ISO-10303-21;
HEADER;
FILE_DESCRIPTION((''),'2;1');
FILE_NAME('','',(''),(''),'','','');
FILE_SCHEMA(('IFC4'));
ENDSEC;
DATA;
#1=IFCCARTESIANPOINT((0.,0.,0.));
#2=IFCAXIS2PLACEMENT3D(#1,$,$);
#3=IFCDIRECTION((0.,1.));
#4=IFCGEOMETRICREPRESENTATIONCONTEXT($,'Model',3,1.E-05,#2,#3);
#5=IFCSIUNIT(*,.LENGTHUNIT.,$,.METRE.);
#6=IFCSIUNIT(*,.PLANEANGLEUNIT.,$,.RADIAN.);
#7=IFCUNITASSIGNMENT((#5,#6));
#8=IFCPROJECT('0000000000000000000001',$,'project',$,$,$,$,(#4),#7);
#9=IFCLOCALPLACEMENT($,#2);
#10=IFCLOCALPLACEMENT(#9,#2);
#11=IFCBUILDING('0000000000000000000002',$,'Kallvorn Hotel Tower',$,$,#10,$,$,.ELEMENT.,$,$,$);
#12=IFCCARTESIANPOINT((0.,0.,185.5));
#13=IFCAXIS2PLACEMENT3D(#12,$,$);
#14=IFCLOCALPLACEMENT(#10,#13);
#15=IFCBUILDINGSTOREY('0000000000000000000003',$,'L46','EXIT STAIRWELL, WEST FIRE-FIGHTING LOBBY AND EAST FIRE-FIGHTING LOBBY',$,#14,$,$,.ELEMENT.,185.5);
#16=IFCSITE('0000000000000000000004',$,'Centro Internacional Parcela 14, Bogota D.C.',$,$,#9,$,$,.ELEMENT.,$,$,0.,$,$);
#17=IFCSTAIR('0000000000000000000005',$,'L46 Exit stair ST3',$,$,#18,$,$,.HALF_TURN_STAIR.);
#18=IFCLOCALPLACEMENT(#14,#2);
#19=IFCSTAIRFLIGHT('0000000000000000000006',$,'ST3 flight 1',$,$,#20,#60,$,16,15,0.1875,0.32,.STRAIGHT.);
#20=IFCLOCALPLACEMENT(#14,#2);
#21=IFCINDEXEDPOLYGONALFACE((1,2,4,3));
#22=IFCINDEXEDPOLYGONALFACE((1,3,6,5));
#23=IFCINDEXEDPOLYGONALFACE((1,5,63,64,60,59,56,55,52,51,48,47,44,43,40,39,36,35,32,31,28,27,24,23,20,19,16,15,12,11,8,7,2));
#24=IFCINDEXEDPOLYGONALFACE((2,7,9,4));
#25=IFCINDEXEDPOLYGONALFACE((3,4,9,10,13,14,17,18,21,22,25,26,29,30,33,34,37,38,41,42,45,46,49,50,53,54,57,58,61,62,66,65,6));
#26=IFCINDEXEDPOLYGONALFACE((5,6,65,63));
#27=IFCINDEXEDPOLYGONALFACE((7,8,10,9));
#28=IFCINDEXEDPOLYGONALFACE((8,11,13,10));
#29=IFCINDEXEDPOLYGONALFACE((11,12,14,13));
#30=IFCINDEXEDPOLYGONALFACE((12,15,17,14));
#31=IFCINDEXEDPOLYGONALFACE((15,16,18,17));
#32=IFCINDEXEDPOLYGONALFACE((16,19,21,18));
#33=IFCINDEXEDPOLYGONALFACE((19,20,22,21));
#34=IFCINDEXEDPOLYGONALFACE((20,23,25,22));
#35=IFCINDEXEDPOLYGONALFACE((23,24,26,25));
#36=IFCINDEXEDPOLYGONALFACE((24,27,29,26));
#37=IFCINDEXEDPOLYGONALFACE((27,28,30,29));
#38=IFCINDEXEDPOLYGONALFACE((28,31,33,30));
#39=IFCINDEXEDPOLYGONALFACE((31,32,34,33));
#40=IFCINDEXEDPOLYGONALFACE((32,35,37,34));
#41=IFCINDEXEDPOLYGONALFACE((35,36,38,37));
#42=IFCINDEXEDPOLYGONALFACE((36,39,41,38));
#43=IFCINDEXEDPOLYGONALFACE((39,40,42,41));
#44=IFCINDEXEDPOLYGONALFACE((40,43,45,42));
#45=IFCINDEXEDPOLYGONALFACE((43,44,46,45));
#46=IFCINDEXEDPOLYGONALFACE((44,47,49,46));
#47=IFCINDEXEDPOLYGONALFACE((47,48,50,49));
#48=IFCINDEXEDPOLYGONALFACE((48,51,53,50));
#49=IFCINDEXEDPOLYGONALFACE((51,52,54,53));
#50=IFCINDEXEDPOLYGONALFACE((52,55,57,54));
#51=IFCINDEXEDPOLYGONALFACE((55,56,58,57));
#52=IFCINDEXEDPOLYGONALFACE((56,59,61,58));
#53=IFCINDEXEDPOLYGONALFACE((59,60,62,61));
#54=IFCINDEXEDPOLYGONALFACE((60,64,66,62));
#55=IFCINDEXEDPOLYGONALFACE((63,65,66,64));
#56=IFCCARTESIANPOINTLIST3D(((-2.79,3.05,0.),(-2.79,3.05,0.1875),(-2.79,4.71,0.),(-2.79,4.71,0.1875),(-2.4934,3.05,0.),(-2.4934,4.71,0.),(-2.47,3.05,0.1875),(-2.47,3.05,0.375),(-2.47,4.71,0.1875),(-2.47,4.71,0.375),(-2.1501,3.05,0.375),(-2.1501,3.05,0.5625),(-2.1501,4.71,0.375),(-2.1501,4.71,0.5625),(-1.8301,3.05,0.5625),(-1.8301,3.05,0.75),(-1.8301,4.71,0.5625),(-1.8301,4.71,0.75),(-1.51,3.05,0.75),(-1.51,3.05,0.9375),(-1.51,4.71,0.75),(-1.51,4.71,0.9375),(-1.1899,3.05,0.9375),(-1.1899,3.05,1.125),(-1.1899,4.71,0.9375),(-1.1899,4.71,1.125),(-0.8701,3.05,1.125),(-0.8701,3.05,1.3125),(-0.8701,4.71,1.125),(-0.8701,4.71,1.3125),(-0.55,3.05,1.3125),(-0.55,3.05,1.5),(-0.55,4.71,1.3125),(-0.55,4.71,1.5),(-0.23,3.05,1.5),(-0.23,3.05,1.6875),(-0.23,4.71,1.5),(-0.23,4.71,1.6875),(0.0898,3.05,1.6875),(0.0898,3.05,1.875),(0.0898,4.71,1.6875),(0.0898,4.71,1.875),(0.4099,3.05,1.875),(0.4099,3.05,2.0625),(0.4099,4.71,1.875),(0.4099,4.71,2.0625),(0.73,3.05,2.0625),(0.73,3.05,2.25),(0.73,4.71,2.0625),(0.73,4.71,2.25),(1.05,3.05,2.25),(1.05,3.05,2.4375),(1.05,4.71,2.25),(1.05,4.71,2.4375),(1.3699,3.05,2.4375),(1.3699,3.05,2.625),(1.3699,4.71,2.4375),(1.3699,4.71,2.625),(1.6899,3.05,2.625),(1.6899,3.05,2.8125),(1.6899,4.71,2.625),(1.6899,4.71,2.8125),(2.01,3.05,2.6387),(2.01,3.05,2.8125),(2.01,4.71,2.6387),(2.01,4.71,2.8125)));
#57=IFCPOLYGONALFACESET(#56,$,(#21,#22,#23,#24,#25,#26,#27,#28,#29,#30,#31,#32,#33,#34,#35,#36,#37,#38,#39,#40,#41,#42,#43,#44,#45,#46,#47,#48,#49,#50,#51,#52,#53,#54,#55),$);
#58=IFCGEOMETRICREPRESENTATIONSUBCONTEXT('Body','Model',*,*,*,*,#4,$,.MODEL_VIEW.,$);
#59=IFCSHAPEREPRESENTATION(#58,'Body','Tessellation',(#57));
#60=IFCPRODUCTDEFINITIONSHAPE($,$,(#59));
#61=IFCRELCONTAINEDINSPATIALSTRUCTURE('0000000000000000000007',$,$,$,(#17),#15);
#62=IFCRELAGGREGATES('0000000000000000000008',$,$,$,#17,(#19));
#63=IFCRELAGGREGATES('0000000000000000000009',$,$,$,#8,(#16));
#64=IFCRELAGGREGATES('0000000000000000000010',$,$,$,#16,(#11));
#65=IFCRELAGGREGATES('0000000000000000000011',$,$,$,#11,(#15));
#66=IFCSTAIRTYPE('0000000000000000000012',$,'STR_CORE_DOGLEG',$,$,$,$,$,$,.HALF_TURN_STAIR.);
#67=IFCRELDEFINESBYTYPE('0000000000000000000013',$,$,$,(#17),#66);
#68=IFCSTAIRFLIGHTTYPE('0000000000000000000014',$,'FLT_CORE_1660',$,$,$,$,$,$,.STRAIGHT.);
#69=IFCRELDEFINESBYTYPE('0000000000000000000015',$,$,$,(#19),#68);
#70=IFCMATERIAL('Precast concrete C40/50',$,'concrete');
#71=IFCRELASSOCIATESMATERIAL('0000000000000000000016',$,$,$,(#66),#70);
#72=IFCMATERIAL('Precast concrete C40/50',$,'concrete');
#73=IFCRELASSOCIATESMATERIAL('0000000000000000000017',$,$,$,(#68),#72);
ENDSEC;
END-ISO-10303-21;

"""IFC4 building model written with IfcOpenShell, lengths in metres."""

from ifc_helpers import new_model, si_unit, direction, frame, origin, place, context, subcontext, project, spatial, polyline, outline, extrude, material, type_object, element, aggregate, save


model = new_model("IFC4")

# Units and contexts
model_context = context("Model", 3, precision=1e-05, world=origin(), true_north=direction((0.0, 1.0)))
body_context = subcontext(model_context, "Body", "Model", "MODEL_VIEW")
ifc_project = project(units=[si_unit("LENGTHUNIT", "METRE"), si_unit("PLANEANGLEUNIT", "RADIAN")], contexts=[model_context])

# Site, building, storey
site_placement = place(None, origin())
site = spatial("IfcSite", under=ifc_project, at=site_placement, Name="Centro Internacional Parcela 14, Bogota D.C.", CompositionType="ELEMENT", RefElevation=0.0)
building_placement = place(site_placement, origin())
building = spatial("IfcBuilding", under=site, at=building_placement, Name="Kallvorn Hotel Tower", CompositionType="ELEMENT")
storey_placement = place(building_placement, frame((0.0, 0.0, 185.5)))
storey = spatial("IfcBuildingStorey", under=building, at=storey_placement, Name="L46", Description="EXIT STAIRWELL, WEST FIRE-FIGHTING LOBBY AND EAST FIRE-FIGHTING LOBBY", CompositionType="ELEMENT", Elevation=185.5)

# Stair
ifc_material_1 = material(Name="Precast concrete C40/50", Category="concrete")
stair_type = type_object("IfcStairType", Name="STR_CORE_DOGLEG", PredefinedType="HALF_TURN_STAIR", material=ifc_material_1)
stair_1_placement = place(storey_placement, origin())
stair_1 = element("IfcStair", 1, at=stair_1_placement, inside=storey, type_object=stair_type, Name="L46 Exit stair ST3", PredefinedType="HALF_TURN_STAIR")

# Stair flight
ifc_material_2 = material(Name="Precast concrete C40/50", Category="concrete")
stair_flight_type = type_object("IfcStairFlightType", Name="FLT_CORE_1660", PredefinedType="STRAIGHT", material=ifc_material_2)
stair_flight_placement = place(storey_placement, frame((-2.79, 3.8799, 0.0), z_axis=(0.0, 0.0, 1.0), x_axis=(1.0, 0.0, 0.0)))
stair_flight = element("IfcStairFlight", 2, at=stair_flight_placement, type_object=stair_flight_type, Name="ST3 flight 1", NumberOfRisers=16, NumberOfTreads=15, PredefinedType="STRAIGHT", RiserHeight=0.1875, TreadLength=0.32, context=body_context, shape_type="SweptSolid", body=[
    extrude(outline(polyline([(0.0, 0.0), (0.0, 0.1875), (0.3201, 0.1875), (0.3201, 0.375), (0.6399, 0.375), (0.6399, 0.5625), (0.96, 0.5625), (0.96, 0.75), (1.28, 0.75), (1.28, 0.9375), (1.6001, 0.9375), (1.6001, 1.125), (1.9199, 1.125), (1.9199, 1.3125), (2.24, 1.3125), (2.24, 1.5), (2.5601, 1.5), (2.5601, 1.6875), (2.8799, 1.6875), (2.8799, 1.875), (3.2, 1.875), (3.2, 2.0625), (3.52, 2.0625), (3.52, 2.25), (3.8401, 2.25), (3.8401, 2.4375), (4.1599, 2.4375), (4.1599, 2.625), (4.48, 2.625), (4.48, 2.8125), (4.8, 2.8125), (4.8, 3.0), (4.8, 2.6387), (0.2966, 0.0), (0.0, 0.0)])), frame((0.0, 0.8301, 0.0), z_axis=(0.0, -1.0, 0.0), x_axis=(1.0, 0.0, 0.0)), (0.0, 0.0, 1.0), 1.6599),
])
aggregate(stair_1, [stair_flight])

save(model, "model.ifc")
